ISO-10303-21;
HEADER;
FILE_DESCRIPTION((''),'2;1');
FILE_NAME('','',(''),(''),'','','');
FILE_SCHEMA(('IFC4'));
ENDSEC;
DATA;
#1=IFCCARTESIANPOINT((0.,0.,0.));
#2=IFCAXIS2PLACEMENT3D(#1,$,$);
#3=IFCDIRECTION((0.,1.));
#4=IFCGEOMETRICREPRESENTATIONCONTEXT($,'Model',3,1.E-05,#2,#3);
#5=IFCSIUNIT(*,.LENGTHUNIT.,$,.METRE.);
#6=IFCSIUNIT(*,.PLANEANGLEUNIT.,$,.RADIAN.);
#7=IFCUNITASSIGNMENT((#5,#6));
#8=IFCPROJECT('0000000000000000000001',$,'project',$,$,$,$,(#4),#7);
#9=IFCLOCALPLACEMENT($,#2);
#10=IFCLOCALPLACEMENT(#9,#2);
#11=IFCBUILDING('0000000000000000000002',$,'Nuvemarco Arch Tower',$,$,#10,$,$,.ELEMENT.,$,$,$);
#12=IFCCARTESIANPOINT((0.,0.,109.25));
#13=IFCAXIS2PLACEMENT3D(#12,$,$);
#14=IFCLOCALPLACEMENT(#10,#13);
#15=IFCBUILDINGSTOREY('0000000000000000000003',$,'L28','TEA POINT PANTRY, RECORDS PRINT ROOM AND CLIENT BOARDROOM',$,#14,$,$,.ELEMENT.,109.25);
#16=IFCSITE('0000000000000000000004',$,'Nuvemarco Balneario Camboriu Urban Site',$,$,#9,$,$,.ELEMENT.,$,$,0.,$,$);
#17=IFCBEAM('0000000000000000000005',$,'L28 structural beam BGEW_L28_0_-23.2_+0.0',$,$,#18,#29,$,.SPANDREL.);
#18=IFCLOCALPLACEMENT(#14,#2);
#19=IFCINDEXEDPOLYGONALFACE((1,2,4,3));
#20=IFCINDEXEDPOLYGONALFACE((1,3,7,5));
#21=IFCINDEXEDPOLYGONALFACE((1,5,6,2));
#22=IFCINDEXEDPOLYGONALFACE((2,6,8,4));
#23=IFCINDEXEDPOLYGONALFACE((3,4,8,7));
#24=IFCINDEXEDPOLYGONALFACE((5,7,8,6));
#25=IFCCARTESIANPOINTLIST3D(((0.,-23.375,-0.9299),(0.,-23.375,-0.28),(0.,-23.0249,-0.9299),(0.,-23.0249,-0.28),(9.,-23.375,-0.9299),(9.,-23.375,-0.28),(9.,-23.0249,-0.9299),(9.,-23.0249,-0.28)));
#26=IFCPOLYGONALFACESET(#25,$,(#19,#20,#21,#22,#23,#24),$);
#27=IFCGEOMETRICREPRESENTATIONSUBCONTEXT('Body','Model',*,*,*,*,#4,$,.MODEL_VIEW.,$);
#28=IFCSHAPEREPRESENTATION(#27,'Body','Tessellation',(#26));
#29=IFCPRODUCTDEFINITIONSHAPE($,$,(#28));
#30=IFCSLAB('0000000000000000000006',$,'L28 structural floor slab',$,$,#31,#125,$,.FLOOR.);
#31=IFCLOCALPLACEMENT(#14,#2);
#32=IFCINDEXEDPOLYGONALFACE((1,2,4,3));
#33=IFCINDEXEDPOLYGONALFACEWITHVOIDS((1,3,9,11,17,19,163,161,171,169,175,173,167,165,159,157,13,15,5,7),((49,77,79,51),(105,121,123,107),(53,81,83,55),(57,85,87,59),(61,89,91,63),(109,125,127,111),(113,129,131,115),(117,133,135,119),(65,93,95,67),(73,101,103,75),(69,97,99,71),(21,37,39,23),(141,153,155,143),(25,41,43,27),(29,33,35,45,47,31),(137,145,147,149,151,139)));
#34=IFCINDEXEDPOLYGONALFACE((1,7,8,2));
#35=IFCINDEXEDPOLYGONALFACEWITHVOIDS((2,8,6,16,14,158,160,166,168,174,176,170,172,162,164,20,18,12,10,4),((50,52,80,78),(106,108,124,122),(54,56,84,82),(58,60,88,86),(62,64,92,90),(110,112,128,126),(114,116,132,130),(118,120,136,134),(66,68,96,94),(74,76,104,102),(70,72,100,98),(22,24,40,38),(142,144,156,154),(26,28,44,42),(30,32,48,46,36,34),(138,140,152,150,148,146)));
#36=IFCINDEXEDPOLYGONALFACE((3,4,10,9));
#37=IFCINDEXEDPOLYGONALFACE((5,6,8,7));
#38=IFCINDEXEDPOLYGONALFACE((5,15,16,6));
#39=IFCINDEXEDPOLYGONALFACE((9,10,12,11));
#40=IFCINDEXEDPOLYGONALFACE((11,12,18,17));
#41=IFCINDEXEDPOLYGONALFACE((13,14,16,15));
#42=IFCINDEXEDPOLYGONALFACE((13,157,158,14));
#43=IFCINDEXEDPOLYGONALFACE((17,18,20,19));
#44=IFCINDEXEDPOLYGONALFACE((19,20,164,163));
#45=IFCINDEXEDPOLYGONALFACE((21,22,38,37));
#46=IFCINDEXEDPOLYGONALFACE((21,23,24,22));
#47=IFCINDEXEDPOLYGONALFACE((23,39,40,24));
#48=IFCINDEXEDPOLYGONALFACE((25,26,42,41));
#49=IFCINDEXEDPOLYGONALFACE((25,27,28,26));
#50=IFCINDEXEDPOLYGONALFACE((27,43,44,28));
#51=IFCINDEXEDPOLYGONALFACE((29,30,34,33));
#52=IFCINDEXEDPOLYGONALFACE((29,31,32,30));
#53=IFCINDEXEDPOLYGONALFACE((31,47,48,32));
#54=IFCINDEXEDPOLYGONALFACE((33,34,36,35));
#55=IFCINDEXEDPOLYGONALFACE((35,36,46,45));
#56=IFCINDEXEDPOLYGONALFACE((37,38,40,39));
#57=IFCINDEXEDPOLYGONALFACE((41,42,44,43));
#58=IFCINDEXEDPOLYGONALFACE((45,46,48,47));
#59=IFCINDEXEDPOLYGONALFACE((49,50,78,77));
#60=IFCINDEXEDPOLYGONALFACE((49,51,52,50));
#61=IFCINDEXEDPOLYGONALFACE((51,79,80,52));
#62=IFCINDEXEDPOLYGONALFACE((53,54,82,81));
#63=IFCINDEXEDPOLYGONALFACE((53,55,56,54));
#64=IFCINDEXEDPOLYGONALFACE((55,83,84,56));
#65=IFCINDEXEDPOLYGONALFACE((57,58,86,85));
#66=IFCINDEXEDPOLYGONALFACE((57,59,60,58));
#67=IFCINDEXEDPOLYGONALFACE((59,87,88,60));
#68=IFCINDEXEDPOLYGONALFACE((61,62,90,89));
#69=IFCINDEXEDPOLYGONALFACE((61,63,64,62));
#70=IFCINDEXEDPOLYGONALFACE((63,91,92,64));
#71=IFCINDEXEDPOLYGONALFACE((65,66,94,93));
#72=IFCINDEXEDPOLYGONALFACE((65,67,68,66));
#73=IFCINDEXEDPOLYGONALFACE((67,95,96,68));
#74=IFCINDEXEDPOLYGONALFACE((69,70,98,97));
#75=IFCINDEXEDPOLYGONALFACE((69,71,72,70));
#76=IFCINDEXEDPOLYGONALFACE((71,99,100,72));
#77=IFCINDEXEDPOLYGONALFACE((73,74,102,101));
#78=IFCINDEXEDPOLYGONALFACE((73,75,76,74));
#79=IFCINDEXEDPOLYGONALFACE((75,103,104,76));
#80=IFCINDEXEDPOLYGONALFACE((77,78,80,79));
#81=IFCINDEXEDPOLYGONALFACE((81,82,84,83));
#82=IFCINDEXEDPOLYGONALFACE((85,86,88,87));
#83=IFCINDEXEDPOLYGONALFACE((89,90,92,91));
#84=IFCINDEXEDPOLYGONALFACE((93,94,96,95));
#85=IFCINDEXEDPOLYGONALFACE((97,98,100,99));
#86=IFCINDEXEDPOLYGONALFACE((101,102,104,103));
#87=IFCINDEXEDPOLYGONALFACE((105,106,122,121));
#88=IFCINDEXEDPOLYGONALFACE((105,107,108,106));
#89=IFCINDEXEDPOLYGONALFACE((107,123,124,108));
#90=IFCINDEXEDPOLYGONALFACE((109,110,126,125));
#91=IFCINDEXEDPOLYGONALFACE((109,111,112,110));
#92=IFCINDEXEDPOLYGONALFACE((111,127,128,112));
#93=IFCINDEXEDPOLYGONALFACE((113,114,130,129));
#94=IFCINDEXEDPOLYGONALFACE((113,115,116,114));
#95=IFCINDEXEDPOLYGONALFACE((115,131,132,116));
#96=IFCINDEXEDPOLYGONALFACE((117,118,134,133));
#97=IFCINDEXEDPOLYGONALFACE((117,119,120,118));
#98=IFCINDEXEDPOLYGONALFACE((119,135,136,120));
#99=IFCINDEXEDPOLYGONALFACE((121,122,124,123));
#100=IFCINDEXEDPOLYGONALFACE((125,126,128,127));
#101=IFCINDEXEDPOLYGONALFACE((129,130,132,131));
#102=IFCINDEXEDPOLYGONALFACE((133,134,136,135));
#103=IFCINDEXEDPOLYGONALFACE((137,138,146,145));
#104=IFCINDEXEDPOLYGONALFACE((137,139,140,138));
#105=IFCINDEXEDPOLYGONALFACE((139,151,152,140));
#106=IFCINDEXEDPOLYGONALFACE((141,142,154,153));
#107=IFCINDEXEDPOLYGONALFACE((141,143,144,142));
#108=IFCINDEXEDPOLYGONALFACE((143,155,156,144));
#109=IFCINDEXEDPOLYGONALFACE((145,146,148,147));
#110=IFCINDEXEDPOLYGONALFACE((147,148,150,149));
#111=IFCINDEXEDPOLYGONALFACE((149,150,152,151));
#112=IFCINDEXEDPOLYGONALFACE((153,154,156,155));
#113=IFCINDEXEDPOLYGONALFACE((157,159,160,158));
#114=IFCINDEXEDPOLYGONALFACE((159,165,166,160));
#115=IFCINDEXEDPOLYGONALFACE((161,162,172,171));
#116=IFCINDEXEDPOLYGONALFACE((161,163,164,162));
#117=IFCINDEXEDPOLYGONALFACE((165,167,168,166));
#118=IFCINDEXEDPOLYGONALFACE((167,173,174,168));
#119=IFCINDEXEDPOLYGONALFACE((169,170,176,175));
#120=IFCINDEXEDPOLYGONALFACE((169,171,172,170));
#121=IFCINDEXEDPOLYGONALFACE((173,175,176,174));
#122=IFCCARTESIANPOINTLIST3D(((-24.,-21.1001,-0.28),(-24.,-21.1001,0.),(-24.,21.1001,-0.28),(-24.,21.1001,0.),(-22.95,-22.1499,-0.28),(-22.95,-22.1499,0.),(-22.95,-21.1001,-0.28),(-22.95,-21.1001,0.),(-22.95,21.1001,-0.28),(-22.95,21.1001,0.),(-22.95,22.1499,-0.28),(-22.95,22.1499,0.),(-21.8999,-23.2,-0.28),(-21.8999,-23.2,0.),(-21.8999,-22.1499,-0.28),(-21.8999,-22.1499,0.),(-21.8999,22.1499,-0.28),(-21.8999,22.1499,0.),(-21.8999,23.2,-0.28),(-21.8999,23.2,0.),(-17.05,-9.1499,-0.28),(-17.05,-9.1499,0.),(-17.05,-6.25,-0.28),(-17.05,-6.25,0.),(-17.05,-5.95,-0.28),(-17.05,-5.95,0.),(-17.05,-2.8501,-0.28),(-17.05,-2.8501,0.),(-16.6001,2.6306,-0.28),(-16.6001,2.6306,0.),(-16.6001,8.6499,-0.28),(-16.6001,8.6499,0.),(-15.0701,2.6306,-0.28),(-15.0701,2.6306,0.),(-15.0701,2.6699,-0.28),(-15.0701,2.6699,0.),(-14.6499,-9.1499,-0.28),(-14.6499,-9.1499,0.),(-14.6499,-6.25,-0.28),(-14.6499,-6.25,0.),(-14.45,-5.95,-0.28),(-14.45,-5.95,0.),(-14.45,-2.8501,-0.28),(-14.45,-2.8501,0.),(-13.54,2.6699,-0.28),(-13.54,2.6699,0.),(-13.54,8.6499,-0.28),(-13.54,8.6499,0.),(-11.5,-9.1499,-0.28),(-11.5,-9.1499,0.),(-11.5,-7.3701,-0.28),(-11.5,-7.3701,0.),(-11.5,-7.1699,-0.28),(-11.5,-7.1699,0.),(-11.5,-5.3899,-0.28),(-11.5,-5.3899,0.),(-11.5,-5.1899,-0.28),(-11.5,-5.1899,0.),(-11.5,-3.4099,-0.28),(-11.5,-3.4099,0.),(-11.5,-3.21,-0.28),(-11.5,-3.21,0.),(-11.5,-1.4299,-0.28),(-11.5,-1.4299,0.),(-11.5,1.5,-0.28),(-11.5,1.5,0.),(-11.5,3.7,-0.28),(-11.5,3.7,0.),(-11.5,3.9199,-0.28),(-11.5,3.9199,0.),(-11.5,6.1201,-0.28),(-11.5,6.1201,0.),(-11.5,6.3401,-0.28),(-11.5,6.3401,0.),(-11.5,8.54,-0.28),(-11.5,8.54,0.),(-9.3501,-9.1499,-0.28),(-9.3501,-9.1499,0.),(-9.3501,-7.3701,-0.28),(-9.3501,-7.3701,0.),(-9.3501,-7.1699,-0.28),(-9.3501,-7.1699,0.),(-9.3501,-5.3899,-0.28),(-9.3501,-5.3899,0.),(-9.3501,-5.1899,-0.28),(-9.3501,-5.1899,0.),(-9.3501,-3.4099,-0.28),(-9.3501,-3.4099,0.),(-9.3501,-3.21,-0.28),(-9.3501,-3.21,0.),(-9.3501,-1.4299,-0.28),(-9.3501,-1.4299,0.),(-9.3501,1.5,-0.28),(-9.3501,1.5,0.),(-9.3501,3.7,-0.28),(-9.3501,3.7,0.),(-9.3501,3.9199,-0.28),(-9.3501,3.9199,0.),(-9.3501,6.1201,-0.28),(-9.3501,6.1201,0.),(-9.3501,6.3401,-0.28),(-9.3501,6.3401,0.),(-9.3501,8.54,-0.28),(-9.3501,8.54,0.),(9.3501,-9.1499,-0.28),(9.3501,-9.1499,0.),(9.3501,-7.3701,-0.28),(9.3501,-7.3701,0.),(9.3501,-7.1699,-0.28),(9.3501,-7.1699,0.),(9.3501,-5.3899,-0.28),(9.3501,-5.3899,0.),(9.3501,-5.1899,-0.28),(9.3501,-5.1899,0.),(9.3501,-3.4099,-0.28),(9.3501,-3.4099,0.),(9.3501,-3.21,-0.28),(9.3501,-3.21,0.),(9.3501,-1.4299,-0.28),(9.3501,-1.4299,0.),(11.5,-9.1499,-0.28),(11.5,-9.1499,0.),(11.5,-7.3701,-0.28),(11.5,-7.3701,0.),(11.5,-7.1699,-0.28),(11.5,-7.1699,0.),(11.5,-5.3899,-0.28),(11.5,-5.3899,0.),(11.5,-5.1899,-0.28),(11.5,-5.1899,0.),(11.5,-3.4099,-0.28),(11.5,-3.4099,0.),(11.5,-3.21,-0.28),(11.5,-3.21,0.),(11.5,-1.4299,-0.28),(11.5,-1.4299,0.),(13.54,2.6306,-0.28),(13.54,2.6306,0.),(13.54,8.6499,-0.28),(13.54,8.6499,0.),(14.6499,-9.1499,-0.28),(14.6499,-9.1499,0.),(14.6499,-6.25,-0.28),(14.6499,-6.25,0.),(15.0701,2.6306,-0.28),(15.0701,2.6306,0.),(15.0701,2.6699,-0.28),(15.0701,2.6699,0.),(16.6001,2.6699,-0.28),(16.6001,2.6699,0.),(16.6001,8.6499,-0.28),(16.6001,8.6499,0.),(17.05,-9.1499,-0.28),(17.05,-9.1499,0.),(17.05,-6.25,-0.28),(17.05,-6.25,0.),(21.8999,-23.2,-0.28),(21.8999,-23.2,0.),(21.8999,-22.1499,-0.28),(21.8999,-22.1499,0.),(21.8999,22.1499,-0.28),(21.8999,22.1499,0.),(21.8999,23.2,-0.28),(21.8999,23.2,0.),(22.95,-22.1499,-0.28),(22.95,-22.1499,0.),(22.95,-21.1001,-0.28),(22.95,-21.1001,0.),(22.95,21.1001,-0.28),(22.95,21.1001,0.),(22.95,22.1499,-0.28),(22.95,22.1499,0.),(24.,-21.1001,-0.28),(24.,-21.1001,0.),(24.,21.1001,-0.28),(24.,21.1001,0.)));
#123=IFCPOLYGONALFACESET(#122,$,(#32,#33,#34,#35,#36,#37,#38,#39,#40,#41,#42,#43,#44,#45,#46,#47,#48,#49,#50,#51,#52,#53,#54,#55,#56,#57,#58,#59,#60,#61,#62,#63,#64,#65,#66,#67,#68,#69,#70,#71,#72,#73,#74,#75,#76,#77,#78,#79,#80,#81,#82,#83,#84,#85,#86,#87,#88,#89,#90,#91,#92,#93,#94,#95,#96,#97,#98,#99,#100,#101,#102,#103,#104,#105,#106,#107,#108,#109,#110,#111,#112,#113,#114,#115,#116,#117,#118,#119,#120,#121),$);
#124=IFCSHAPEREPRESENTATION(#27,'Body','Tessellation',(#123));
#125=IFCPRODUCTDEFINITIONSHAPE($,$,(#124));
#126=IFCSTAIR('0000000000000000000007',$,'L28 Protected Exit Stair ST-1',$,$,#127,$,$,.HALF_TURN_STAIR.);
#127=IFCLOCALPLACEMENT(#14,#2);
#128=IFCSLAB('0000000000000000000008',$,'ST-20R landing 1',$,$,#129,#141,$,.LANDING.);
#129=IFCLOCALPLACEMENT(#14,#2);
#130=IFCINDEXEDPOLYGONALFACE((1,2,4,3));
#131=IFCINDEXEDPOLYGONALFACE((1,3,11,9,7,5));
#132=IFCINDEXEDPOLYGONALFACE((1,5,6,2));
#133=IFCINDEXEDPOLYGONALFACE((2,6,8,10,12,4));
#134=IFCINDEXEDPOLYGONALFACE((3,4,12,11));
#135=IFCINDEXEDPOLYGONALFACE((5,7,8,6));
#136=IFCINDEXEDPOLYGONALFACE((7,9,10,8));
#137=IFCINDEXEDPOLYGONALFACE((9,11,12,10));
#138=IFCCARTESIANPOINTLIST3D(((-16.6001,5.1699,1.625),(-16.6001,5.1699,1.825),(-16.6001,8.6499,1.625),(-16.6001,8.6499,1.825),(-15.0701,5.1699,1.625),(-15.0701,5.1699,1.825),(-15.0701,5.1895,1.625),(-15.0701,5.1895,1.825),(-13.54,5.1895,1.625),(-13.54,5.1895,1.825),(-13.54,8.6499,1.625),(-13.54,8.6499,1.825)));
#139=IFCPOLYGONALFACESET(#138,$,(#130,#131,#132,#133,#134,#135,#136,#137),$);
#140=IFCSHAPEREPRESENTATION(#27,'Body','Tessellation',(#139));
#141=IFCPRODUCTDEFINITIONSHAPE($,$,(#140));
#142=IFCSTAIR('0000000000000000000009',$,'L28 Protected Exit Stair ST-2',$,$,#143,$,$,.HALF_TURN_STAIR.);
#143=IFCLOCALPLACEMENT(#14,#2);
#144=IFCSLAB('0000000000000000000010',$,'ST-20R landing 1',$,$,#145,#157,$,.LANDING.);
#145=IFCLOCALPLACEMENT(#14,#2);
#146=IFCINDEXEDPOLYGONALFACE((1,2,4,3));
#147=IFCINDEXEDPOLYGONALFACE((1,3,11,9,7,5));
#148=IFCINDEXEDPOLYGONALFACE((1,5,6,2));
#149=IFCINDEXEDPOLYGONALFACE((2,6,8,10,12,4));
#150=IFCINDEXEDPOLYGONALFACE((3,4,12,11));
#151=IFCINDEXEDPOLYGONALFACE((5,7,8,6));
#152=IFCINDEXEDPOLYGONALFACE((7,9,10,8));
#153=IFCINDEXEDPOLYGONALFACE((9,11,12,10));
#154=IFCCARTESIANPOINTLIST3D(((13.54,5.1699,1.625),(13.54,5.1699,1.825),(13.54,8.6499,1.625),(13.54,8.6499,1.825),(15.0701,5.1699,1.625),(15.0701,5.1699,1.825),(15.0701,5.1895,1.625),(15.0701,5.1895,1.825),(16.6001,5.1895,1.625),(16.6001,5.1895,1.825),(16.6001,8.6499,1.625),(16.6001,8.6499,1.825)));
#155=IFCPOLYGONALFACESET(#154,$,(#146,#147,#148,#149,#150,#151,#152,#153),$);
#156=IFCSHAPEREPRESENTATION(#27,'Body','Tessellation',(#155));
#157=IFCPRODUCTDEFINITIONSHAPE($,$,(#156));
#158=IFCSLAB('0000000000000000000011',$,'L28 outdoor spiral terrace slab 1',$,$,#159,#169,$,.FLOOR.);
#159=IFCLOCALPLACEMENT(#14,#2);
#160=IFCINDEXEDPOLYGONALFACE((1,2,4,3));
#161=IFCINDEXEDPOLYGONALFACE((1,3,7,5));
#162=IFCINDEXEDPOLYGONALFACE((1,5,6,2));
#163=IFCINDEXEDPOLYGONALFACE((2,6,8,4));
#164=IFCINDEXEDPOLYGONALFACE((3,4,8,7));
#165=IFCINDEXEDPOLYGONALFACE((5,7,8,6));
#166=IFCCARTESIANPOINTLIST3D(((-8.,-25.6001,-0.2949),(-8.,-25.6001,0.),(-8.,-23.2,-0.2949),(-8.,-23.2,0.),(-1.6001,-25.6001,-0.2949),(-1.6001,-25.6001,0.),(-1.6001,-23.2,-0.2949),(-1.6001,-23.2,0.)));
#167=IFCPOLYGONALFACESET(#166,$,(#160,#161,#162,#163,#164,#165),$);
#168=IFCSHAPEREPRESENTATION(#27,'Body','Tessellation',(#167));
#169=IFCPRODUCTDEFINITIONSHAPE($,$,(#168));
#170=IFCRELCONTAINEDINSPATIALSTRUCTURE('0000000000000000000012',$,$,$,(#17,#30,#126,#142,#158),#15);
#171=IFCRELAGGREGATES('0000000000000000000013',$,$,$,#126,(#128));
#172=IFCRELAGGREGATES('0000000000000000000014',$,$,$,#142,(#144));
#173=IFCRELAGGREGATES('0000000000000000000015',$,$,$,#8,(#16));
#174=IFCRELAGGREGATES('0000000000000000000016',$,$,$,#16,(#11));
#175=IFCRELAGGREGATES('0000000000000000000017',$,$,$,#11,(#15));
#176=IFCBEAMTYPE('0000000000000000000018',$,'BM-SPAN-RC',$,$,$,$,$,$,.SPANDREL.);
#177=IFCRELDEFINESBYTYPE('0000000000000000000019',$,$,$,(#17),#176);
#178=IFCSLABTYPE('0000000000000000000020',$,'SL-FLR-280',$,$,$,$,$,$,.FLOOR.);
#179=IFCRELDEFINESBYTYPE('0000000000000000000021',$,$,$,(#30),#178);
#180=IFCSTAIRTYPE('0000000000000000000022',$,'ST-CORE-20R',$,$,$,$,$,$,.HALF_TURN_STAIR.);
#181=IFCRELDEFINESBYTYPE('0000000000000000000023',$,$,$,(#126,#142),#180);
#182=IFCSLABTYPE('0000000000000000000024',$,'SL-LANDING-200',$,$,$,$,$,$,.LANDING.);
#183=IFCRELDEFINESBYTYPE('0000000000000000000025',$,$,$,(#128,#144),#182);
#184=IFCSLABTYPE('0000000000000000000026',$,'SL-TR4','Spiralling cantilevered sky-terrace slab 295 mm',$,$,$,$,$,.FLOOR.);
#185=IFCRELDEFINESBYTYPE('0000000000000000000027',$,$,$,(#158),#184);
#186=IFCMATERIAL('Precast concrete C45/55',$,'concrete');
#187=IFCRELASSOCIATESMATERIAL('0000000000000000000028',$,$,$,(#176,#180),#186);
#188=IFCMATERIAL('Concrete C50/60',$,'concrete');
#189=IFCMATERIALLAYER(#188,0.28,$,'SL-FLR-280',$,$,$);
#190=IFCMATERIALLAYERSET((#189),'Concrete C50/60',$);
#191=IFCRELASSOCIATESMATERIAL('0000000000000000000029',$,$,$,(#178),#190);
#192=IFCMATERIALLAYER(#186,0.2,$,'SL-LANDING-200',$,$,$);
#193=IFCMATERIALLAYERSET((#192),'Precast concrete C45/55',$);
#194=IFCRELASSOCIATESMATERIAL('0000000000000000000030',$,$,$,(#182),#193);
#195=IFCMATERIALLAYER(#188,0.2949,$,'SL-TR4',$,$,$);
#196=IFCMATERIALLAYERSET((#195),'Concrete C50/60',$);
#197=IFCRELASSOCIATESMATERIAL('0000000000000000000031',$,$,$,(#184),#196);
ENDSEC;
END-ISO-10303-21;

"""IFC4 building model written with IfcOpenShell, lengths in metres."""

from ifc_helpers import new_model, si_unit, direction, frame, origin, origin_2d, place, context, subcontext, project, spatial, polyline, rectangle, outline, extrude, material, layer, layer_set, material_profile, profile_set, type_object, element, aggregate, save


model = new_model("IFC4")

# Units and contexts
model_context = context("Model", 3, precision=1e-05, world=origin(), true_north=direction((0.0, 1.0)))
body_context = subcontext(model_context, "Body", "Model", "MODEL_VIEW")
ifc_project = project(units=[si_unit("LENGTHUNIT", "METRE"), si_unit("PLANEANGLEUNIT", "RADIAN")], contexts=[model_context])

# Site, building, storey
site_placement = place(None, origin())
site = spatial("IfcSite", under=ifc_project, at=site_placement, Name="Nuvemarco Balneario Camboriu Urban Site", CompositionType="ELEMENT", RefElevation=0.0)
building_placement = place(site_placement, origin())
building = spatial("IfcBuilding", under=site, at=building_placement, Name="Nuvemarco Arch Tower", CompositionType="ELEMENT")
storey_placement = place(building_placement, frame((0.0, 0.0, 109.25)))
storey = spatial("IfcBuildingStorey", under=building, at=storey_placement, Name="L28", Description="TEA POINT PANTRY, RECORDS PRINT ROOM AND CLIENT BOARDROOM", CompositionType="ELEMENT", Elevation=109.25)

# Beam
ifc_material_1 = material(Name="Precast concrete C45/55", Category="concrete")
ifc_material_profile_1 = material_profile(ifc_material_1, rectangle(XDim=0.3501, YDim=0.6499, at=origin_2d()), Name="PC-SP-350x650")
ifc_profile_set_1 = profile_set([ifc_material_profile_1], Name="Precast concrete C45/55")
beam_type_1 = type_object("IfcBeamType", Name="BM-SPAN-RC", PredefinedType="SPANDREL", material=ifc_profile_set_1)
beam_1_placement = place(storey_placement, frame((0.0, -23.2, -0.605), z_axis=(1.0, 0.0, 0.0), x_axis=(0.0, 1.0, 0.0)))
element("IfcBeam", 1, at=beam_1_placement, inside=storey, type_object=beam_type_1, Name="L28 structural beam BGEW_L28_0_-23.2_+0.0", PredefinedType="SPANDREL", context=body_context, shape_type="SweptSolid", body=[
    extrude(rectangle(XDim=0.3501, YDim=0.6499, at=origin_2d()), origin(), (0.0, 0.0, 1.0), 9.0),
])

# Slab
ifc_material_2 = material(Name="Concrete C50/60", Category="concrete")
ifc_layer_1 = layer(ifc_material_2, 0.28, Name="SL-FLR-280")
ifc_layer_set_1 = layer_set([ifc_layer_1], Name="Concrete C50/60")
slab_type_1 = type_object("IfcSlabType", Name="SL-FLR-280", PredefinedType="FLOOR", material=ifc_layer_set_1)
slab_1_placement = place(storey_placement, frame((0.0, 0.0, -0.28)))
element("IfcSlab", 2, at=slab_1_placement, inside=storey, type_object=slab_type_1, Name="L28 structural floor slab", PredefinedType="FLOOR", context=body_context, shape_type="SweptSolid", body=[
    extrude(outline(polyline([(-21.8999, -23.2), (21.8999, -23.2), (21.8999, -22.1499), (22.95, -22.1499), (22.95, -21.1001), (24.0, -21.1001), (24.0, 21.1001), (22.95, 21.1001), (22.95, 22.1499), (21.8999, 22.1499), (21.8999, 23.2), (-21.8999, 23.2), (-21.8999, 22.1499), (-22.95, 22.1499), (-22.95, 21.1001), (-24.0, 21.1001), (-24.0, -21.1001), (-22.95, -21.1001), (-22.95, -22.1499), (-21.8999, -22.1499), (-21.8999, -23.2)]), holes=[polyline([(-13.54, 2.6699), (-13.54, 8.6499), (-16.6001, 8.6499), (-16.6001, 2.6306), (-15.0701, 2.6306), (-15.0701, 2.6699), (-13.54, 2.6699)]), polyline([(16.6001, 2.6699), (16.6001, 8.6499), (13.54, 8.6499), (13.54, 2.6306), (15.0701, 2.6306), (15.0701, 2.6699), (16.6001, 2.6699)]), polyline([(-17.05, -9.1499), (-14.6499, -9.1499), (-14.6499, -6.25), (-17.05, -6.25), (-17.05, -9.1499)]), polyline([(-17.05, -5.95), (-14.45, -5.95), (-14.45, -2.8501), (-17.05, -2.8501), (-17.05, -5.95)]), polyline([(-11.5, -9.1499), (-9.3501, -9.1499), (-9.3501, -7.3701), (-11.5, -7.3701), (-11.5, -9.1499)]), polyline([(-11.5, -7.1699), (-9.3501, -7.1699), (-9.3501, -5.3899), (-11.5, -5.3899), (-11.5, -7.1699)]), polyline([(-11.5, -5.1899), (-9.3501, -5.1899), (-9.3501, -3.4099), (-11.5, -3.4099), (-11.5, -5.1899)]), polyline([(-11.5, -3.21), (-9.3501, -3.21), (-9.3501, -1.4299), (-11.5, -1.4299), (-11.5, -3.21)]), polyline([(-11.5, 1.5), (-9.3501, 1.5), (-9.3501, 3.7), (-11.5, 3.7), (-11.5, 1.5)]), polyline([(-11.5, 3.9199), (-9.3501, 3.9199), (-9.3501, 6.1201), (-11.5, 6.1201), (-11.5, 3.9199)]), polyline([(-11.5, 6.3401), (-9.3501, 6.3401), (-9.3501, 8.54), (-11.5, 8.54), (-11.5, 6.3401)]), polyline([(14.6499, -9.1499), (17.05, -9.1499), (17.05, -6.25), (14.6499, -6.25), (14.6499, -9.1499)]), polyline([(9.3501, -9.1499), (11.5, -9.1499), (11.5, -7.3701), (9.3501, -7.3701), (9.3501, -9.1499)]), polyline([(9.3501, -7.1699), (11.5, -7.1699), (11.5, -5.3899), (9.3501, -5.3899), (9.3501, -7.1699)]), polyline([(9.3501, -5.1899), (11.5, -5.1899), (11.5, -3.4099), (9.3501, -3.4099), (9.3501, -5.1899)]), polyline([(9.3501, -3.21), (11.5, -3.21), (11.5, -1.4299), (9.3501, -1.4299), (9.3501, -3.21)])]), origin(), (0.0, 0.0, 1.0), 0.28),
])

# Stairs, slabs
stair_type = type_object("IfcStairType", Name="ST-CORE-20R", PredefinedType="HALF_TURN_STAIR", material=ifc_material_1)
stair_1_placement = place(storey_placement, origin())
stair_1 = element("IfcStair", 3, at=stair_1_placement, inside=storey, type_object=stair_type, Name="L28 Protected Exit Stair ST-1", PredefinedType="HALF_TURN_STAIR")
ifc_layer_2 = layer(ifc_material_1, 0.2, Name="SL-LANDING-200")
ifc_layer_set_2 = layer_set([ifc_layer_2], Name="Precast concrete C45/55")
slab_type_2 = type_object("IfcSlabType", Name="SL-LANDING-200", PredefinedType="LANDING", material=ifc_layer_set_2)
slab_2_placement = place(storey_placement, frame((0.0, 0.0, 1.625)))
slab_2 = element("IfcSlab", 4, at=slab_2_placement, type_object=slab_type_2, Name="ST-20R landing 1", PredefinedType="LANDING", context=body_context, shape_type="SweptSolid", body=[
    extrude(outline(polyline([(-13.54, 5.1895), (-13.54, 8.6499), (-16.6001, 8.6499), (-16.6001, 5.1699), (-15.0701, 5.1699), (-15.0701, 5.1895), (-13.54, 5.1895)])), origin(), (0.0, 0.0, 1.0), 0.2),
])
aggregate(stair_1, [slab_2])
stair_2_placement = place(storey_placement, origin())
stair_2 = element("IfcStair", 5, at=stair_2_placement, inside=storey, type_object=stair_type, Name="L28 Protected Exit Stair ST-2", PredefinedType="HALF_TURN_STAIR")
slab_3_placement = place(storey_placement, frame((0.0, 0.0, 1.625)))
slab_3 = element("IfcSlab", 6, at=slab_3_placement, type_object=slab_type_2, Name="ST-20R landing 1", PredefinedType="LANDING", context=body_context, shape_type="SweptSolid", body=[
    extrude(outline(polyline([(16.6001, 5.1895), (16.6001, 8.6499), (13.54, 8.6499), (13.54, 5.1699), (15.0701, 5.1699), (15.0701, 5.1895), (16.6001, 5.1895)])), origin(), (0.0, 0.0, 1.0), 0.2),
])
aggregate(stair_2, [slab_3])

# Slab
ifc_layer_3 = layer(ifc_material_2, 0.2949, Name="SL-TR4")
ifc_layer_set_3 = layer_set([ifc_layer_3], Name="Concrete C50/60")
slab_type_3 = type_object("IfcSlabType", Name="SL-TR4", Description="Spiralling cantilevered sky-terrace slab 295 mm", PredefinedType="FLOOR", material=ifc_layer_set_3)
slab_4_placement = place(storey_placement, frame((0.0, 0.0, -0.2949)))
element("IfcSlab", 7, at=slab_4_placement, inside=storey, type_object=slab_type_3, Name="L28 outdoor spiral terrace slab 1", PredefinedType="FLOOR", context=body_context, shape_type="SweptSolid", body=[
    extrude(outline(polyline([(-8.0, -25.6001), (-1.6001, -25.6001), (-1.6001, -23.2), (-8.0, -23.2), (-8.0, -25.6001)])), origin(), (0.0, 0.0, 1.0), 0.2949),
])

save(model, "model.ifc")
